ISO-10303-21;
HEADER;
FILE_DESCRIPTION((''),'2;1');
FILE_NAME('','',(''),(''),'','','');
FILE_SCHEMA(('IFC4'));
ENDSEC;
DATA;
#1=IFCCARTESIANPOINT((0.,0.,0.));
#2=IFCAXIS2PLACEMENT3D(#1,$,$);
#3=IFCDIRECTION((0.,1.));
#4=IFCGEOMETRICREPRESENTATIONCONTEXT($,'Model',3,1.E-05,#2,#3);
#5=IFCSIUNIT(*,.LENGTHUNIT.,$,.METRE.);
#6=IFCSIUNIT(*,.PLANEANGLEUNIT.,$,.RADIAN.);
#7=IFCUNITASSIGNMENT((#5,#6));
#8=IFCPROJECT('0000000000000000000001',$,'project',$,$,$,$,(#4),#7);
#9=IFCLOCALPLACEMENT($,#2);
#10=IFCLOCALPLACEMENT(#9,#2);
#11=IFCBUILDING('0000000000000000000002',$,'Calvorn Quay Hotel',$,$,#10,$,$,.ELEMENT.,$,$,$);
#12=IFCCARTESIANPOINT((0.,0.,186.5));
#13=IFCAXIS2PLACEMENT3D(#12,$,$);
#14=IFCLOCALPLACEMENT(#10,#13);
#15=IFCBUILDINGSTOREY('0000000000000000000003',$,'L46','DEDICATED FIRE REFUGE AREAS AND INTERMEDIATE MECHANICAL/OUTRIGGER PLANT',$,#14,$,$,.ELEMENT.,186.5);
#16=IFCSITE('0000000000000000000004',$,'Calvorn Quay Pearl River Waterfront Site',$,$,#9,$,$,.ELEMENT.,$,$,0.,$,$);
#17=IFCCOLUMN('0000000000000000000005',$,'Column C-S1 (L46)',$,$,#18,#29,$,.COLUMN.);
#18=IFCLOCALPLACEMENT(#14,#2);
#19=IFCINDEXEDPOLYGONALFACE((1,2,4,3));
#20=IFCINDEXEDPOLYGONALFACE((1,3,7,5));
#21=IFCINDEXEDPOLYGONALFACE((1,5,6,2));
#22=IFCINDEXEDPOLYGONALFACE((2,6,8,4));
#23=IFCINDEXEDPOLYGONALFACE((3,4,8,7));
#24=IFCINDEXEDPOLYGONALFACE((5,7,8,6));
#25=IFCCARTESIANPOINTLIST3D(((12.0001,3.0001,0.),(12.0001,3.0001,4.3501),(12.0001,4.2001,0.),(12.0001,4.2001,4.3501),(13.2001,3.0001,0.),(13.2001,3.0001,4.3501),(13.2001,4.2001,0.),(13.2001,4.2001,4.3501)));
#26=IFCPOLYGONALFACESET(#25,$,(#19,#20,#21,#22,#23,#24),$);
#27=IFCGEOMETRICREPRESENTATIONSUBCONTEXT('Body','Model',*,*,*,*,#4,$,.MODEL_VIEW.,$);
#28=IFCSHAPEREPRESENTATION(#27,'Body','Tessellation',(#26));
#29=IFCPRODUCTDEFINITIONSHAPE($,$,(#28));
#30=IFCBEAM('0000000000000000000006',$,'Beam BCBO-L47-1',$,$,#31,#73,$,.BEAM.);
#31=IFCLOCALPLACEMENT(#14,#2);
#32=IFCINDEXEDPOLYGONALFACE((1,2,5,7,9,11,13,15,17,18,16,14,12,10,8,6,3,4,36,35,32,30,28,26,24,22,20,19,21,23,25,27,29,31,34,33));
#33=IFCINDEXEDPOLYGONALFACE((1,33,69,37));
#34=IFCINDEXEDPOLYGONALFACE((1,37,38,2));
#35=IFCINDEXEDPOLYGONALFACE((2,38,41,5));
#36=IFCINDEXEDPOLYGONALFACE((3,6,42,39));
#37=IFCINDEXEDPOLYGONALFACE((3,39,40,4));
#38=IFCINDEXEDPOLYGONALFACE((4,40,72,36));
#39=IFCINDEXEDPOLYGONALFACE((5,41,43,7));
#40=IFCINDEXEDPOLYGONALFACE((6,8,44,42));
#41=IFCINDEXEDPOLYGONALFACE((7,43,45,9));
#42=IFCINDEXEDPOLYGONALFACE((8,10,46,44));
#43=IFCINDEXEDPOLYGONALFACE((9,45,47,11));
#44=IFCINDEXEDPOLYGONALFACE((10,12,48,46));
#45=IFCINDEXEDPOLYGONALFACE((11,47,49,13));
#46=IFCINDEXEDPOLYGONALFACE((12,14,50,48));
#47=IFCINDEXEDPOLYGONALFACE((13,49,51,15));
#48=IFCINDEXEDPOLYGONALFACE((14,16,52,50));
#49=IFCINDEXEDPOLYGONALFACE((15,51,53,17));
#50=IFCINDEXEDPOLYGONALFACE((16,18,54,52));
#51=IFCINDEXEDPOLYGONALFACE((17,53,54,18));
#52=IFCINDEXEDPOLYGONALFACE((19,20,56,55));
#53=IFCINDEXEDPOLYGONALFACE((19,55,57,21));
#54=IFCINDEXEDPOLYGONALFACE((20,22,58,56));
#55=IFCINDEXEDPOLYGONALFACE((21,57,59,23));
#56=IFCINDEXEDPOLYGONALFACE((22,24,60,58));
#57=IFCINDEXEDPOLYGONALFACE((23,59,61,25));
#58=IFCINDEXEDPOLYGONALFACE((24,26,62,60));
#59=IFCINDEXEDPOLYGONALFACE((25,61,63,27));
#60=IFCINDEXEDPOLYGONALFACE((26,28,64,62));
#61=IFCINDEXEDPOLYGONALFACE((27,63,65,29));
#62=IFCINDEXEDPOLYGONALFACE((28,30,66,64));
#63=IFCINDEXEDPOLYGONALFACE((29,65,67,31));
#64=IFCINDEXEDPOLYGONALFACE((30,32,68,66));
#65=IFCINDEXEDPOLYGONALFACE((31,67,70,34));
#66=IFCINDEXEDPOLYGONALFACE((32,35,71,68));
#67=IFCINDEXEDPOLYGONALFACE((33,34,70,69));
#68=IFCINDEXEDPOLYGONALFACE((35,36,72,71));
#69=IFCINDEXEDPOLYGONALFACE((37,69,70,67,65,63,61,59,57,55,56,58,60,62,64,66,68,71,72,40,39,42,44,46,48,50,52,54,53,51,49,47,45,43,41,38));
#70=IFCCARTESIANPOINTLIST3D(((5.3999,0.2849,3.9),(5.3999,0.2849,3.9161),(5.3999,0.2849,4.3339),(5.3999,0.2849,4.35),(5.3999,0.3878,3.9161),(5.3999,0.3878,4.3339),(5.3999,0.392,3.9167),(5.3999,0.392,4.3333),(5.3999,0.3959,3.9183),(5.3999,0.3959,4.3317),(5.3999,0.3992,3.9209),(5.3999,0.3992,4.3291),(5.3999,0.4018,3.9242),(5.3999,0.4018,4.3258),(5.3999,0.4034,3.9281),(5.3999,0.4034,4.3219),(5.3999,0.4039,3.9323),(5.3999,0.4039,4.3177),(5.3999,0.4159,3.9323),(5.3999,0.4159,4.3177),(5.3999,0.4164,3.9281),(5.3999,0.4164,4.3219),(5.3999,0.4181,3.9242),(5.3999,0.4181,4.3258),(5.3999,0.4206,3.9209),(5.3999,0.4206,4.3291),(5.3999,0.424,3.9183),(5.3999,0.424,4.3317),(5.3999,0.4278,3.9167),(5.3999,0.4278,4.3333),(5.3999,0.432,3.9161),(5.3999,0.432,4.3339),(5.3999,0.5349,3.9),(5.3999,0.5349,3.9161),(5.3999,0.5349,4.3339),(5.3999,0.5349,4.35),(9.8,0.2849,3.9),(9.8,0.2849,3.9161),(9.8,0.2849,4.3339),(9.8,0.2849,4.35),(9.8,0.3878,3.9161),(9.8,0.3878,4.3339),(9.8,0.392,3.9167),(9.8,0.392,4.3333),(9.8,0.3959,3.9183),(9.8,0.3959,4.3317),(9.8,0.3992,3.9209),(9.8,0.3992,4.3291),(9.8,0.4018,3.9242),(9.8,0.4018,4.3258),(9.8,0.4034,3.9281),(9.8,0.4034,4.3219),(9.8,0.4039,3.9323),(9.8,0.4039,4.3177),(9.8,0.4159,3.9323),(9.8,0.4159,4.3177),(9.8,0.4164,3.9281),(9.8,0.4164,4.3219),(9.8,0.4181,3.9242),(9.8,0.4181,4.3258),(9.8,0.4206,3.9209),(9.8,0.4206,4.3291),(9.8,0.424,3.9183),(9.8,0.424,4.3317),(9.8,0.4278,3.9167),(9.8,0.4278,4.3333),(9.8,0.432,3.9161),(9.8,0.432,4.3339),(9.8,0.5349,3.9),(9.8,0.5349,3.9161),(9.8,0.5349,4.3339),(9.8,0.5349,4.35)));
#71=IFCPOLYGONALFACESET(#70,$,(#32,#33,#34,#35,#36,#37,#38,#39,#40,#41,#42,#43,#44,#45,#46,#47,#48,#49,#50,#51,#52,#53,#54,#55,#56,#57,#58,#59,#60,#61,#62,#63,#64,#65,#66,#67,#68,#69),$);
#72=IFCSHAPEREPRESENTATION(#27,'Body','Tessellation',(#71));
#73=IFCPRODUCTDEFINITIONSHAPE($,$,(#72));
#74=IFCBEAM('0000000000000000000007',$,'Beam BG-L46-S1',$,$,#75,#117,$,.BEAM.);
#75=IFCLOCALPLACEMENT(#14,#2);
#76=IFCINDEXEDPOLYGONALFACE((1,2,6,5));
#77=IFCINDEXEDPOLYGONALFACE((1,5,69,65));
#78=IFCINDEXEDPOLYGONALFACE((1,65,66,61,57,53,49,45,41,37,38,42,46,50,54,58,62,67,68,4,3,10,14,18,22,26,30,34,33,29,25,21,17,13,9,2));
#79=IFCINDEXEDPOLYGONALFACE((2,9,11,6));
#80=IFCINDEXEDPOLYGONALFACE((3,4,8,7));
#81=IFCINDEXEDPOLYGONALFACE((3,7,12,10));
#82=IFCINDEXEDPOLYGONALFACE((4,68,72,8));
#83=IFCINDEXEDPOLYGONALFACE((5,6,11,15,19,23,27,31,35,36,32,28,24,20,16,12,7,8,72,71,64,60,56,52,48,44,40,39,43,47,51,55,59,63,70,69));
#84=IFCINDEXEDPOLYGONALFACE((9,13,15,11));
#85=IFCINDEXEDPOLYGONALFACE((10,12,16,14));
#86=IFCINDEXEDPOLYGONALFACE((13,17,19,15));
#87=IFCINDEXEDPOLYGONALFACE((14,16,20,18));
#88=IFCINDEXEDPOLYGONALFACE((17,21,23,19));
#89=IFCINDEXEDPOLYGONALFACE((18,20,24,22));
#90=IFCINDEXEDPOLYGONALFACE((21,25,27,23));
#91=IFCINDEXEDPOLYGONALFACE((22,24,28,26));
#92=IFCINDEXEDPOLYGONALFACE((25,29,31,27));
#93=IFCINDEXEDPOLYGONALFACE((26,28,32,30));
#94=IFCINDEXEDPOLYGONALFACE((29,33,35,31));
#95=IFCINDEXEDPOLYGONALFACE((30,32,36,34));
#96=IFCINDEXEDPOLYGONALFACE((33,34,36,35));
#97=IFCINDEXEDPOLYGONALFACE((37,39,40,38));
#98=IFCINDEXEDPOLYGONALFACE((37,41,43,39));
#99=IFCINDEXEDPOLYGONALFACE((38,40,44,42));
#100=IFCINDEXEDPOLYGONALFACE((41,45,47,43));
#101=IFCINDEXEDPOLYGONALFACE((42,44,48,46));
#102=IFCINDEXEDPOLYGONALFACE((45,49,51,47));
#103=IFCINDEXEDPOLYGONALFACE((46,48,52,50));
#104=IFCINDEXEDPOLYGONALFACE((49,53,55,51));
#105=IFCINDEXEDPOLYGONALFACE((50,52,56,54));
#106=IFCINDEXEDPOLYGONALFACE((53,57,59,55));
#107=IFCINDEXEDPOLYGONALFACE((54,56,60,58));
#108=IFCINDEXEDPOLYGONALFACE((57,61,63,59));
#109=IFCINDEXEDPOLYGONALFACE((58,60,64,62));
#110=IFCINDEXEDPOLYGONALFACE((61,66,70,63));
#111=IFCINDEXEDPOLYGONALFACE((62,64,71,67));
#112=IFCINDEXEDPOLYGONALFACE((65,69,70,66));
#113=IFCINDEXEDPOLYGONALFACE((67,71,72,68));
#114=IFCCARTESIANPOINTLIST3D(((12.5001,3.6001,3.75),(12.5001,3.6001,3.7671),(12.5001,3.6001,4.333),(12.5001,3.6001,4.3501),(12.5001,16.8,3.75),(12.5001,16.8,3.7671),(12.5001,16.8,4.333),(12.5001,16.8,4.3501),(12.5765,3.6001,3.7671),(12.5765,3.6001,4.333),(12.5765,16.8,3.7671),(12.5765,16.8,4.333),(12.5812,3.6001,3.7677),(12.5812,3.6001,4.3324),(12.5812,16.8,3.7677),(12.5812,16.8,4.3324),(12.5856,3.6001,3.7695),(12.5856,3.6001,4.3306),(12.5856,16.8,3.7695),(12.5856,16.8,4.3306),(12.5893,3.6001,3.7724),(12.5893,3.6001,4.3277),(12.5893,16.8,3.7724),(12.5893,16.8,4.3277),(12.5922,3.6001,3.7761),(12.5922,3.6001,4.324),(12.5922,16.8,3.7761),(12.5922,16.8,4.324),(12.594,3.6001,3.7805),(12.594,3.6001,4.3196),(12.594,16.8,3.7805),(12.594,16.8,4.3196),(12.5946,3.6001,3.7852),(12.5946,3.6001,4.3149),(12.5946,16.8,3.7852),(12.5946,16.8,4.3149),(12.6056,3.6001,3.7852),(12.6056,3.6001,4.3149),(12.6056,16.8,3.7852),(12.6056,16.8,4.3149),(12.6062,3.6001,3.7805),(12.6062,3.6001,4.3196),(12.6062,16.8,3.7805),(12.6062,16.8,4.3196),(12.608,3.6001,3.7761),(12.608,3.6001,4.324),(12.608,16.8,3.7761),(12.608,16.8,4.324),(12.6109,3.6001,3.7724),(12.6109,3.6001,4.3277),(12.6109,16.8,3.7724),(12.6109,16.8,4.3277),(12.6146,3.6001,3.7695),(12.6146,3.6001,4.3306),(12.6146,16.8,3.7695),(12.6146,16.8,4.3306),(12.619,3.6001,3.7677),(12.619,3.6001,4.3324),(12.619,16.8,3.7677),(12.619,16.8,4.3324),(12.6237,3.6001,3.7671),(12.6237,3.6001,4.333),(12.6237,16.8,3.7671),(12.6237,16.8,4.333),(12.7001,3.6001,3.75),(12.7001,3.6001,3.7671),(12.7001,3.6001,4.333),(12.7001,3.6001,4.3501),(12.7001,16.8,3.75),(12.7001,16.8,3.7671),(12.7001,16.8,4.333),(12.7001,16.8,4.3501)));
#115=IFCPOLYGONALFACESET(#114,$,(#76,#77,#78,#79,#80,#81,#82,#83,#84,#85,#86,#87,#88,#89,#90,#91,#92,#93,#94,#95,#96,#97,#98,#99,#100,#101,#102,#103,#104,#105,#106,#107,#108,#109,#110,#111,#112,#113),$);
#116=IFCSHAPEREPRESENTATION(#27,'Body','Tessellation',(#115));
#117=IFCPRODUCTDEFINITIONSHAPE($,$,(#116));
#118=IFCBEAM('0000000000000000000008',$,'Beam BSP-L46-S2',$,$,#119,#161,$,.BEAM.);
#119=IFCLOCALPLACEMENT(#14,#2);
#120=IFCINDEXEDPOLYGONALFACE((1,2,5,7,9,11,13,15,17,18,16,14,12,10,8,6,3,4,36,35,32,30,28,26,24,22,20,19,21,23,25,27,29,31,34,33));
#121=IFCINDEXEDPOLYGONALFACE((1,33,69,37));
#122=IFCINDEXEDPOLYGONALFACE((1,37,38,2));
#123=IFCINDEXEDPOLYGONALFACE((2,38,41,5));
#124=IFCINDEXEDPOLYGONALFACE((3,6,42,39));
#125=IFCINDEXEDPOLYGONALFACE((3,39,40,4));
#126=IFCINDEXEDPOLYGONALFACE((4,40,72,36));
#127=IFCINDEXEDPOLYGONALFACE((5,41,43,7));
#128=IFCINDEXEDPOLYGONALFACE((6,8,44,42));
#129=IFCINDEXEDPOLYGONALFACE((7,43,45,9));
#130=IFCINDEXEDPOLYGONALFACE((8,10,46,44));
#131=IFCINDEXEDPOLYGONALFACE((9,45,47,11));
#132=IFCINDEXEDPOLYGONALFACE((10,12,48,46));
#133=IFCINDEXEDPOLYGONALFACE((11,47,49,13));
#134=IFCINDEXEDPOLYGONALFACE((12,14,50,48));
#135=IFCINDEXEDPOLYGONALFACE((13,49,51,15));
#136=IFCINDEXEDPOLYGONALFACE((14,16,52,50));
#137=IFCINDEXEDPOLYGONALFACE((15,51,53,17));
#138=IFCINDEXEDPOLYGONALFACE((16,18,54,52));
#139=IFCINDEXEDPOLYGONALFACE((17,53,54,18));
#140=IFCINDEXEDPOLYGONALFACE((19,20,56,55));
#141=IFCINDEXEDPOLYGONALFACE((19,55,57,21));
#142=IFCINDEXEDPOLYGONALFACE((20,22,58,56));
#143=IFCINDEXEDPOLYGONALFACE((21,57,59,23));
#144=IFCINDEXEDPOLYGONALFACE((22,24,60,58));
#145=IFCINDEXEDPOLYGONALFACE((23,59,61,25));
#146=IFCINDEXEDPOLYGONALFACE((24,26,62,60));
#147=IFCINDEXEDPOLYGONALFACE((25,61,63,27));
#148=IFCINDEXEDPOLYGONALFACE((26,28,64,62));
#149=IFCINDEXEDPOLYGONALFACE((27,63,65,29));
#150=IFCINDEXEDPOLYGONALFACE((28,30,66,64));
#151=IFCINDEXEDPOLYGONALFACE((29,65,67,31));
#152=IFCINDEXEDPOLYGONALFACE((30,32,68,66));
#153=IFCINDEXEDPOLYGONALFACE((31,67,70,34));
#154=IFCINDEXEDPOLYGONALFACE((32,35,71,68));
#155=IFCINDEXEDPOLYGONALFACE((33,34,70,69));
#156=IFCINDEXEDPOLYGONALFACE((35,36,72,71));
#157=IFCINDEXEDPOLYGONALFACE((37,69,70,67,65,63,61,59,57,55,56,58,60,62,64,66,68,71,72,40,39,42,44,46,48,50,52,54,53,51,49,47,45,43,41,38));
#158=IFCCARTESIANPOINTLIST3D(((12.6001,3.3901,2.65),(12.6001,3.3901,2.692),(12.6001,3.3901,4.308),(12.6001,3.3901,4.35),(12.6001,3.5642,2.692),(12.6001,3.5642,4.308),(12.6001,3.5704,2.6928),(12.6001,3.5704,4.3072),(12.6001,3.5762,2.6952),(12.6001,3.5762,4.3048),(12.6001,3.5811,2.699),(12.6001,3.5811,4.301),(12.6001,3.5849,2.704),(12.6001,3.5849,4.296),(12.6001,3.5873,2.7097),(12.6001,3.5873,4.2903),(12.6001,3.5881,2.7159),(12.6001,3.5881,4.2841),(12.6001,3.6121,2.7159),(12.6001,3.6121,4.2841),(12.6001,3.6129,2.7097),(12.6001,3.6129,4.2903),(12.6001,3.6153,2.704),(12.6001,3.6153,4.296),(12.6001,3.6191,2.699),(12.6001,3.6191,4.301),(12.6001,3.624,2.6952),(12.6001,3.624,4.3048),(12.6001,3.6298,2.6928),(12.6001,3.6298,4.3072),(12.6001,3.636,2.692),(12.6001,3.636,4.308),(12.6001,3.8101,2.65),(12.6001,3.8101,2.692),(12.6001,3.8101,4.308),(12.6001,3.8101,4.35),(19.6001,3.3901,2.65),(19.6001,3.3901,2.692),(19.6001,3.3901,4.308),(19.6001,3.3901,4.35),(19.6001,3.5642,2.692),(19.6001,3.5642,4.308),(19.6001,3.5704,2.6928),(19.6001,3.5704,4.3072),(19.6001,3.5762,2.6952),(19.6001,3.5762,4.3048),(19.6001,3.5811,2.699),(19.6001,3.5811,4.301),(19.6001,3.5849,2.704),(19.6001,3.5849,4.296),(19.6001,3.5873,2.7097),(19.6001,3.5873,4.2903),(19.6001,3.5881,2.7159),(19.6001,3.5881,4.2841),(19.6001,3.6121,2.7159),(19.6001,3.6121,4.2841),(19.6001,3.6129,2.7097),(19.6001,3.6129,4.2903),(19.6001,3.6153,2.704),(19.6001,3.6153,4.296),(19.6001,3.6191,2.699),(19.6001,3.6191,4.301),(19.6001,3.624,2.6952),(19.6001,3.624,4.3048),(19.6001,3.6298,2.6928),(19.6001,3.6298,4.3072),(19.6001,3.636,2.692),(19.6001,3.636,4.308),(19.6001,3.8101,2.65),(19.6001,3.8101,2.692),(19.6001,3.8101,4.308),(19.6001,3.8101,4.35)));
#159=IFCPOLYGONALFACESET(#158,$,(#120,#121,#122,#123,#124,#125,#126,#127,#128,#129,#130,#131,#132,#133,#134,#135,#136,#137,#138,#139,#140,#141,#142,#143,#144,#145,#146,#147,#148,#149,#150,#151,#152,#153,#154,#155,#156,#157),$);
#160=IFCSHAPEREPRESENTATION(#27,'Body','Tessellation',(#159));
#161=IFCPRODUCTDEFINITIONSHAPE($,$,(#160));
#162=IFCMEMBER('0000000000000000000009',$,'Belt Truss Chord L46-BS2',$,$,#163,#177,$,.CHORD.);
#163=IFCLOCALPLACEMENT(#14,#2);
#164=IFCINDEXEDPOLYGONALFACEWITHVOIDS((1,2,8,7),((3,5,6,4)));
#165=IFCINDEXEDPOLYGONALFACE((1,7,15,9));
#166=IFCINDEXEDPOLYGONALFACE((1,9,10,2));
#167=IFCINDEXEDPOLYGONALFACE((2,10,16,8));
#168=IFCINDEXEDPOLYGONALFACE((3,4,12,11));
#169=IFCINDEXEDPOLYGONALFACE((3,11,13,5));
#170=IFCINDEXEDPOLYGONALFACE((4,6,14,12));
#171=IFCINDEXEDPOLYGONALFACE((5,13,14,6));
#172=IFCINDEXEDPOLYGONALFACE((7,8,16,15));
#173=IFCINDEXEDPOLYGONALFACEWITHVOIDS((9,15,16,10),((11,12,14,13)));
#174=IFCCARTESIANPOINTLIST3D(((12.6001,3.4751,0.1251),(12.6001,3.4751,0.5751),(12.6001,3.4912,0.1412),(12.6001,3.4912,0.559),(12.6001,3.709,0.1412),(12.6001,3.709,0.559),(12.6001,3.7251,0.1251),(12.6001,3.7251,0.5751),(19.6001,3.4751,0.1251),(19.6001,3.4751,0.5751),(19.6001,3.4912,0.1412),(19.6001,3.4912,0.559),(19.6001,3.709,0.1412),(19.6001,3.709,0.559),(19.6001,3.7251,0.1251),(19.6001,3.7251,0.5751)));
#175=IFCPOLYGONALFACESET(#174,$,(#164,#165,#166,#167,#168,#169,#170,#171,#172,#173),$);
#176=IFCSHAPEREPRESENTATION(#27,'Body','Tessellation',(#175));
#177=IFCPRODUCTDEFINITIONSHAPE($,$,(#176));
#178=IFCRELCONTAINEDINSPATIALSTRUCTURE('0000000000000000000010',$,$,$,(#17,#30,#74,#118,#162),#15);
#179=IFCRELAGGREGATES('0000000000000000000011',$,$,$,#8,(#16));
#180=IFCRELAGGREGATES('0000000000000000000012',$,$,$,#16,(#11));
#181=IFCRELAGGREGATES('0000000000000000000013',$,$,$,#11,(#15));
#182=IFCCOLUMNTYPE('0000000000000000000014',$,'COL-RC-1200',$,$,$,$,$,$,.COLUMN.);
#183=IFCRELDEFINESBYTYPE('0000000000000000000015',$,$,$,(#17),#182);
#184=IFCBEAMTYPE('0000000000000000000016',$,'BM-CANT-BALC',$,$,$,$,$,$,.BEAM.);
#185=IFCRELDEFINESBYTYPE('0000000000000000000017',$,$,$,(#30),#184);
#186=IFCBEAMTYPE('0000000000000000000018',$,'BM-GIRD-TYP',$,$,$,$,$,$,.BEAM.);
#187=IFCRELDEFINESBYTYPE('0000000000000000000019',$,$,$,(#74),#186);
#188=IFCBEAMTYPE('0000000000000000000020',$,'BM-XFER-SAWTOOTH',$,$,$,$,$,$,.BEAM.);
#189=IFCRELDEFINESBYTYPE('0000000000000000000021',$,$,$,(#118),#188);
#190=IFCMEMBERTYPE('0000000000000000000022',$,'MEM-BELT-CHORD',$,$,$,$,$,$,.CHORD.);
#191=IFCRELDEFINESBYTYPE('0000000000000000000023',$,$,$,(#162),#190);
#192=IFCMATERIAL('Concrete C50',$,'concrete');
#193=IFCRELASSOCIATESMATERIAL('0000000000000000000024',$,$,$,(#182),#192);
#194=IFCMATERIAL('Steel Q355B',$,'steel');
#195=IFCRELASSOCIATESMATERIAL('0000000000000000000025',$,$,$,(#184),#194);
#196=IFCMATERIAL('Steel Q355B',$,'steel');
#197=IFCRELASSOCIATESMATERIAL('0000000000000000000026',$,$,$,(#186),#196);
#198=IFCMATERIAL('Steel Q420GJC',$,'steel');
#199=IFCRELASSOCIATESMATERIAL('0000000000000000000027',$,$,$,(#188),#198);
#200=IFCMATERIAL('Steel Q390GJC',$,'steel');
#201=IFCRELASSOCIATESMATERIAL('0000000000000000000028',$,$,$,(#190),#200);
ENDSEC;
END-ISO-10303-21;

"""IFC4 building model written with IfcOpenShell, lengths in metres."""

from ifc_helpers import new_model, si_unit, direction, frame, origin, origin_2d, place, context, subcontext, project, spatial, rectangle, hollow_rectangle, i_section, extrude, material, material_profile, profile_set, type_object, element, save


model = new_model("IFC4")

# Units and contexts
model_context = context("Model", 3, precision=1e-05, world=origin(), true_north=direction((0.0, 1.0)))
body_context = subcontext(model_context, "Body", "Model", "MODEL_VIEW")
ifc_project = project(units=[si_unit("LENGTHUNIT", "METRE"), si_unit("PLANEANGLEUNIT", "RADIAN")], contexts=[model_context])

# Site, building, storey
site_placement = place(None, origin())
site = spatial("IfcSite", under=ifc_project, at=site_placement, Name="Calvorn Quay Pearl River Waterfront Site", CompositionType="ELEMENT", RefElevation=0.0)
building_placement = place(site_placement, origin())
building = spatial("IfcBuilding", under=site, at=building_placement, Name="Calvorn Quay Hotel", CompositionType="ELEMENT")
storey_placement = place(building_placement, frame((0.0, 0.0, 186.5)))
storey = spatial("IfcBuildingStorey", under=building, at=storey_placement, Name="L46", Description="DEDICATED FIRE REFUGE AREAS AND INTERMEDIATE MECHANICAL/OUTRIGGER PLANT", CompositionType="ELEMENT", Elevation=186.5)

# Column
ifc_material_1 = material(Name="Concrete C50", Category="concrete")
ifc_material_profile_1 = material_profile(ifc_material_1, rectangle(XDim=1.2, YDim=1.2, at=origin_2d()), Name="RC1200x1200")
ifc_profile_set_1 = profile_set([ifc_material_profile_1], Name="Concrete C50")
column_type = type_object("IfcColumnType", Name="COL-RC-1200", PredefinedType="COLUMN", material=ifc_profile_set_1)
column_placement = place(storey_placement, frame((12.6001, 3.6001, 0.0), z_axis=(0.0, 0.0, 1.0), x_axis=(1.0, 0.0, 0.0)))
element("IfcColumn", 1, at=column_placement, inside=storey, type_object=column_type, Name="Column C-S1 (L46)", PredefinedType="COLUMN", context=body_context, shape_type="SweptSolid", body=[
    extrude(rectangle(XDim=1.2, YDim=1.2, at=origin_2d()), origin(), (0.0, 0.0, 1.0), 4.3501),
])

# Beams
ifc_material_2 = material(Name="Steel Q355B", Category="steel")
ifc_material_profile_2 = material_profile(ifc_material_2, i_section(OverallWidth=0.25, OverallDepth=0.45, WebThickness=0.012, FlangeThickness=0.0161, FilletRadius=0.0161, at=origin_2d()), Name="HN450x250x12x16")
ifc_profile_set_2 = profile_set([ifc_material_profile_2], Name="Steel Q355B")
beam_type_1 = type_object("IfcBeamType", Name="BM-CANT-BALC", PredefinedType="BEAM", material=ifc_profile_set_2)
beam_1_placement = place(storey_placement, frame((5.3999, 0.4099, 4.125), z_axis=(1.0, 0.0, 0.0), x_axis=(0.0, 1.0, 0.0)))
element("IfcBeam", 2, at=beam_1_placement, inside=storey, type_object=beam_type_1, Name="Beam BCBO-L47-1", PredefinedType="BEAM", context=body_context, shape_type="SweptSolid", body=[
    extrude(i_section(OverallWidth=0.25, OverallDepth=0.45, WebThickness=0.012, FlangeThickness=0.0161, FilletRadius=0.0161, at=origin_2d()), origin(), (0.0, 0.0, 1.0), 4.4001),
])
ifc_material_3 = material(Name="Steel Q355B", Category="steel")
ifc_material_profile_3 = material_profile(ifc_material_3, i_section(OverallWidth=0.2, OverallDepth=0.6001, WebThickness=0.011, FlangeThickness=0.0171, FilletRadius=0.0181, at=origin_2d()), Name="HN600x200x11x17")
ifc_profile_set_3 = profile_set([ifc_material_profile_3], Name="Steel Q355B")
beam_type_2 = type_object("IfcBeamType", Name="BM-GIRD-TYP", PredefinedType="BEAM", material=ifc_profile_set_3)
beam_2_placement = place(storey_placement, frame((12.6001, 3.6001, 4.05), z_axis=(0.0, 1.0, 0.0), x_axis=(-1.0, 0.0, 0.0)))
element("IfcBeam", 3, at=beam_2_placement, inside=storey, type_object=beam_type_2, Name="Beam BG-L46-S1", PredefinedType="BEAM", context=body_context, shape_type="SweptSolid", body=[
    extrude(i_section(OverallWidth=0.2, OverallDepth=0.6001, WebThickness=0.011, FlangeThickness=0.0171, FilletRadius=0.0181, at=origin_2d()), origin(), (0.0, 0.0, 1.0), 13.2),
])
ifc_material_4 = material(Name="Steel Q420GJC", Category="steel")
ifc_material_profile_4 = material_profile(ifc_material_4, i_section(OverallWidth=0.4199, OverallDepth=1.7, WebThickness=0.0239, FlangeThickness=0.042, FilletRadius=0.0239, at=origin_2d()), Name="HN1700x420x24x42")
ifc_profile_set_4 = profile_set([ifc_material_profile_4], Name="Steel Q420GJC")
beam_type_3 = type_object("IfcBeamType", Name="BM-XFER-SAWTOOTH", PredefinedType="BEAM", material=ifc_profile_set_4)
beam_3_placement = place(storey_placement, frame((12.6001, 3.6001, 3.5), z_axis=(1.0, 0.0, 0.0), x_axis=(0.0, 1.0, 0.0)))
element("IfcBeam", 4, at=beam_3_placement, inside=storey, type_object=beam_type_3, Name="Beam BSP-L46-S2", PredefinedType="BEAM", context=body_context, shape_type="SweptSolid", body=[
    extrude(i_section(OverallWidth=0.4199, OverallDepth=1.7, WebThickness=0.0239, FlangeThickness=0.042, FilletRadius=0.0239, at=origin_2d()), origin(), (0.0, 0.0, 1.0), 7.0),
])

# Member
ifc_material_5 = material(Name="Steel Q390GJC", Category="steel")
ifc_material_profile_5 = material_profile(ifc_material_5, hollow_rectangle(XDim=0.25, YDim=0.45, WallThickness=0.0161, at=origin_2d()), Name="RHS450x250x16")
ifc_profile_set_5 = profile_set([ifc_material_profile_5], Name="Steel Q390GJC")
member_type_1 = type_object("IfcMemberType", Name="MEM-BELT-CHORD", PredefinedType="CHORD", material=ifc_profile_set_5)
member_1_placement = place(storey_placement, frame((12.6001, 3.6001, 0.3501), z_axis=(1.0, 0.0, 0.0), x_axis=(0.0, 1.0, 0.0)))
element("IfcMember", 5, at=member_1_placement, inside=storey, type_object=member_type_1, Name="Belt Truss Chord L46-BS2", PredefinedType="CHORD", context=body_context, shape_type="SweptSolid", body=[
    extrude(hollow_rectangle(XDim=0.25, YDim=0.45, WallThickness=0.0161, at=origin_2d()), origin(), (0.0, 0.0, 1.0), 7.0),
])

save(model, "model.ifc")
